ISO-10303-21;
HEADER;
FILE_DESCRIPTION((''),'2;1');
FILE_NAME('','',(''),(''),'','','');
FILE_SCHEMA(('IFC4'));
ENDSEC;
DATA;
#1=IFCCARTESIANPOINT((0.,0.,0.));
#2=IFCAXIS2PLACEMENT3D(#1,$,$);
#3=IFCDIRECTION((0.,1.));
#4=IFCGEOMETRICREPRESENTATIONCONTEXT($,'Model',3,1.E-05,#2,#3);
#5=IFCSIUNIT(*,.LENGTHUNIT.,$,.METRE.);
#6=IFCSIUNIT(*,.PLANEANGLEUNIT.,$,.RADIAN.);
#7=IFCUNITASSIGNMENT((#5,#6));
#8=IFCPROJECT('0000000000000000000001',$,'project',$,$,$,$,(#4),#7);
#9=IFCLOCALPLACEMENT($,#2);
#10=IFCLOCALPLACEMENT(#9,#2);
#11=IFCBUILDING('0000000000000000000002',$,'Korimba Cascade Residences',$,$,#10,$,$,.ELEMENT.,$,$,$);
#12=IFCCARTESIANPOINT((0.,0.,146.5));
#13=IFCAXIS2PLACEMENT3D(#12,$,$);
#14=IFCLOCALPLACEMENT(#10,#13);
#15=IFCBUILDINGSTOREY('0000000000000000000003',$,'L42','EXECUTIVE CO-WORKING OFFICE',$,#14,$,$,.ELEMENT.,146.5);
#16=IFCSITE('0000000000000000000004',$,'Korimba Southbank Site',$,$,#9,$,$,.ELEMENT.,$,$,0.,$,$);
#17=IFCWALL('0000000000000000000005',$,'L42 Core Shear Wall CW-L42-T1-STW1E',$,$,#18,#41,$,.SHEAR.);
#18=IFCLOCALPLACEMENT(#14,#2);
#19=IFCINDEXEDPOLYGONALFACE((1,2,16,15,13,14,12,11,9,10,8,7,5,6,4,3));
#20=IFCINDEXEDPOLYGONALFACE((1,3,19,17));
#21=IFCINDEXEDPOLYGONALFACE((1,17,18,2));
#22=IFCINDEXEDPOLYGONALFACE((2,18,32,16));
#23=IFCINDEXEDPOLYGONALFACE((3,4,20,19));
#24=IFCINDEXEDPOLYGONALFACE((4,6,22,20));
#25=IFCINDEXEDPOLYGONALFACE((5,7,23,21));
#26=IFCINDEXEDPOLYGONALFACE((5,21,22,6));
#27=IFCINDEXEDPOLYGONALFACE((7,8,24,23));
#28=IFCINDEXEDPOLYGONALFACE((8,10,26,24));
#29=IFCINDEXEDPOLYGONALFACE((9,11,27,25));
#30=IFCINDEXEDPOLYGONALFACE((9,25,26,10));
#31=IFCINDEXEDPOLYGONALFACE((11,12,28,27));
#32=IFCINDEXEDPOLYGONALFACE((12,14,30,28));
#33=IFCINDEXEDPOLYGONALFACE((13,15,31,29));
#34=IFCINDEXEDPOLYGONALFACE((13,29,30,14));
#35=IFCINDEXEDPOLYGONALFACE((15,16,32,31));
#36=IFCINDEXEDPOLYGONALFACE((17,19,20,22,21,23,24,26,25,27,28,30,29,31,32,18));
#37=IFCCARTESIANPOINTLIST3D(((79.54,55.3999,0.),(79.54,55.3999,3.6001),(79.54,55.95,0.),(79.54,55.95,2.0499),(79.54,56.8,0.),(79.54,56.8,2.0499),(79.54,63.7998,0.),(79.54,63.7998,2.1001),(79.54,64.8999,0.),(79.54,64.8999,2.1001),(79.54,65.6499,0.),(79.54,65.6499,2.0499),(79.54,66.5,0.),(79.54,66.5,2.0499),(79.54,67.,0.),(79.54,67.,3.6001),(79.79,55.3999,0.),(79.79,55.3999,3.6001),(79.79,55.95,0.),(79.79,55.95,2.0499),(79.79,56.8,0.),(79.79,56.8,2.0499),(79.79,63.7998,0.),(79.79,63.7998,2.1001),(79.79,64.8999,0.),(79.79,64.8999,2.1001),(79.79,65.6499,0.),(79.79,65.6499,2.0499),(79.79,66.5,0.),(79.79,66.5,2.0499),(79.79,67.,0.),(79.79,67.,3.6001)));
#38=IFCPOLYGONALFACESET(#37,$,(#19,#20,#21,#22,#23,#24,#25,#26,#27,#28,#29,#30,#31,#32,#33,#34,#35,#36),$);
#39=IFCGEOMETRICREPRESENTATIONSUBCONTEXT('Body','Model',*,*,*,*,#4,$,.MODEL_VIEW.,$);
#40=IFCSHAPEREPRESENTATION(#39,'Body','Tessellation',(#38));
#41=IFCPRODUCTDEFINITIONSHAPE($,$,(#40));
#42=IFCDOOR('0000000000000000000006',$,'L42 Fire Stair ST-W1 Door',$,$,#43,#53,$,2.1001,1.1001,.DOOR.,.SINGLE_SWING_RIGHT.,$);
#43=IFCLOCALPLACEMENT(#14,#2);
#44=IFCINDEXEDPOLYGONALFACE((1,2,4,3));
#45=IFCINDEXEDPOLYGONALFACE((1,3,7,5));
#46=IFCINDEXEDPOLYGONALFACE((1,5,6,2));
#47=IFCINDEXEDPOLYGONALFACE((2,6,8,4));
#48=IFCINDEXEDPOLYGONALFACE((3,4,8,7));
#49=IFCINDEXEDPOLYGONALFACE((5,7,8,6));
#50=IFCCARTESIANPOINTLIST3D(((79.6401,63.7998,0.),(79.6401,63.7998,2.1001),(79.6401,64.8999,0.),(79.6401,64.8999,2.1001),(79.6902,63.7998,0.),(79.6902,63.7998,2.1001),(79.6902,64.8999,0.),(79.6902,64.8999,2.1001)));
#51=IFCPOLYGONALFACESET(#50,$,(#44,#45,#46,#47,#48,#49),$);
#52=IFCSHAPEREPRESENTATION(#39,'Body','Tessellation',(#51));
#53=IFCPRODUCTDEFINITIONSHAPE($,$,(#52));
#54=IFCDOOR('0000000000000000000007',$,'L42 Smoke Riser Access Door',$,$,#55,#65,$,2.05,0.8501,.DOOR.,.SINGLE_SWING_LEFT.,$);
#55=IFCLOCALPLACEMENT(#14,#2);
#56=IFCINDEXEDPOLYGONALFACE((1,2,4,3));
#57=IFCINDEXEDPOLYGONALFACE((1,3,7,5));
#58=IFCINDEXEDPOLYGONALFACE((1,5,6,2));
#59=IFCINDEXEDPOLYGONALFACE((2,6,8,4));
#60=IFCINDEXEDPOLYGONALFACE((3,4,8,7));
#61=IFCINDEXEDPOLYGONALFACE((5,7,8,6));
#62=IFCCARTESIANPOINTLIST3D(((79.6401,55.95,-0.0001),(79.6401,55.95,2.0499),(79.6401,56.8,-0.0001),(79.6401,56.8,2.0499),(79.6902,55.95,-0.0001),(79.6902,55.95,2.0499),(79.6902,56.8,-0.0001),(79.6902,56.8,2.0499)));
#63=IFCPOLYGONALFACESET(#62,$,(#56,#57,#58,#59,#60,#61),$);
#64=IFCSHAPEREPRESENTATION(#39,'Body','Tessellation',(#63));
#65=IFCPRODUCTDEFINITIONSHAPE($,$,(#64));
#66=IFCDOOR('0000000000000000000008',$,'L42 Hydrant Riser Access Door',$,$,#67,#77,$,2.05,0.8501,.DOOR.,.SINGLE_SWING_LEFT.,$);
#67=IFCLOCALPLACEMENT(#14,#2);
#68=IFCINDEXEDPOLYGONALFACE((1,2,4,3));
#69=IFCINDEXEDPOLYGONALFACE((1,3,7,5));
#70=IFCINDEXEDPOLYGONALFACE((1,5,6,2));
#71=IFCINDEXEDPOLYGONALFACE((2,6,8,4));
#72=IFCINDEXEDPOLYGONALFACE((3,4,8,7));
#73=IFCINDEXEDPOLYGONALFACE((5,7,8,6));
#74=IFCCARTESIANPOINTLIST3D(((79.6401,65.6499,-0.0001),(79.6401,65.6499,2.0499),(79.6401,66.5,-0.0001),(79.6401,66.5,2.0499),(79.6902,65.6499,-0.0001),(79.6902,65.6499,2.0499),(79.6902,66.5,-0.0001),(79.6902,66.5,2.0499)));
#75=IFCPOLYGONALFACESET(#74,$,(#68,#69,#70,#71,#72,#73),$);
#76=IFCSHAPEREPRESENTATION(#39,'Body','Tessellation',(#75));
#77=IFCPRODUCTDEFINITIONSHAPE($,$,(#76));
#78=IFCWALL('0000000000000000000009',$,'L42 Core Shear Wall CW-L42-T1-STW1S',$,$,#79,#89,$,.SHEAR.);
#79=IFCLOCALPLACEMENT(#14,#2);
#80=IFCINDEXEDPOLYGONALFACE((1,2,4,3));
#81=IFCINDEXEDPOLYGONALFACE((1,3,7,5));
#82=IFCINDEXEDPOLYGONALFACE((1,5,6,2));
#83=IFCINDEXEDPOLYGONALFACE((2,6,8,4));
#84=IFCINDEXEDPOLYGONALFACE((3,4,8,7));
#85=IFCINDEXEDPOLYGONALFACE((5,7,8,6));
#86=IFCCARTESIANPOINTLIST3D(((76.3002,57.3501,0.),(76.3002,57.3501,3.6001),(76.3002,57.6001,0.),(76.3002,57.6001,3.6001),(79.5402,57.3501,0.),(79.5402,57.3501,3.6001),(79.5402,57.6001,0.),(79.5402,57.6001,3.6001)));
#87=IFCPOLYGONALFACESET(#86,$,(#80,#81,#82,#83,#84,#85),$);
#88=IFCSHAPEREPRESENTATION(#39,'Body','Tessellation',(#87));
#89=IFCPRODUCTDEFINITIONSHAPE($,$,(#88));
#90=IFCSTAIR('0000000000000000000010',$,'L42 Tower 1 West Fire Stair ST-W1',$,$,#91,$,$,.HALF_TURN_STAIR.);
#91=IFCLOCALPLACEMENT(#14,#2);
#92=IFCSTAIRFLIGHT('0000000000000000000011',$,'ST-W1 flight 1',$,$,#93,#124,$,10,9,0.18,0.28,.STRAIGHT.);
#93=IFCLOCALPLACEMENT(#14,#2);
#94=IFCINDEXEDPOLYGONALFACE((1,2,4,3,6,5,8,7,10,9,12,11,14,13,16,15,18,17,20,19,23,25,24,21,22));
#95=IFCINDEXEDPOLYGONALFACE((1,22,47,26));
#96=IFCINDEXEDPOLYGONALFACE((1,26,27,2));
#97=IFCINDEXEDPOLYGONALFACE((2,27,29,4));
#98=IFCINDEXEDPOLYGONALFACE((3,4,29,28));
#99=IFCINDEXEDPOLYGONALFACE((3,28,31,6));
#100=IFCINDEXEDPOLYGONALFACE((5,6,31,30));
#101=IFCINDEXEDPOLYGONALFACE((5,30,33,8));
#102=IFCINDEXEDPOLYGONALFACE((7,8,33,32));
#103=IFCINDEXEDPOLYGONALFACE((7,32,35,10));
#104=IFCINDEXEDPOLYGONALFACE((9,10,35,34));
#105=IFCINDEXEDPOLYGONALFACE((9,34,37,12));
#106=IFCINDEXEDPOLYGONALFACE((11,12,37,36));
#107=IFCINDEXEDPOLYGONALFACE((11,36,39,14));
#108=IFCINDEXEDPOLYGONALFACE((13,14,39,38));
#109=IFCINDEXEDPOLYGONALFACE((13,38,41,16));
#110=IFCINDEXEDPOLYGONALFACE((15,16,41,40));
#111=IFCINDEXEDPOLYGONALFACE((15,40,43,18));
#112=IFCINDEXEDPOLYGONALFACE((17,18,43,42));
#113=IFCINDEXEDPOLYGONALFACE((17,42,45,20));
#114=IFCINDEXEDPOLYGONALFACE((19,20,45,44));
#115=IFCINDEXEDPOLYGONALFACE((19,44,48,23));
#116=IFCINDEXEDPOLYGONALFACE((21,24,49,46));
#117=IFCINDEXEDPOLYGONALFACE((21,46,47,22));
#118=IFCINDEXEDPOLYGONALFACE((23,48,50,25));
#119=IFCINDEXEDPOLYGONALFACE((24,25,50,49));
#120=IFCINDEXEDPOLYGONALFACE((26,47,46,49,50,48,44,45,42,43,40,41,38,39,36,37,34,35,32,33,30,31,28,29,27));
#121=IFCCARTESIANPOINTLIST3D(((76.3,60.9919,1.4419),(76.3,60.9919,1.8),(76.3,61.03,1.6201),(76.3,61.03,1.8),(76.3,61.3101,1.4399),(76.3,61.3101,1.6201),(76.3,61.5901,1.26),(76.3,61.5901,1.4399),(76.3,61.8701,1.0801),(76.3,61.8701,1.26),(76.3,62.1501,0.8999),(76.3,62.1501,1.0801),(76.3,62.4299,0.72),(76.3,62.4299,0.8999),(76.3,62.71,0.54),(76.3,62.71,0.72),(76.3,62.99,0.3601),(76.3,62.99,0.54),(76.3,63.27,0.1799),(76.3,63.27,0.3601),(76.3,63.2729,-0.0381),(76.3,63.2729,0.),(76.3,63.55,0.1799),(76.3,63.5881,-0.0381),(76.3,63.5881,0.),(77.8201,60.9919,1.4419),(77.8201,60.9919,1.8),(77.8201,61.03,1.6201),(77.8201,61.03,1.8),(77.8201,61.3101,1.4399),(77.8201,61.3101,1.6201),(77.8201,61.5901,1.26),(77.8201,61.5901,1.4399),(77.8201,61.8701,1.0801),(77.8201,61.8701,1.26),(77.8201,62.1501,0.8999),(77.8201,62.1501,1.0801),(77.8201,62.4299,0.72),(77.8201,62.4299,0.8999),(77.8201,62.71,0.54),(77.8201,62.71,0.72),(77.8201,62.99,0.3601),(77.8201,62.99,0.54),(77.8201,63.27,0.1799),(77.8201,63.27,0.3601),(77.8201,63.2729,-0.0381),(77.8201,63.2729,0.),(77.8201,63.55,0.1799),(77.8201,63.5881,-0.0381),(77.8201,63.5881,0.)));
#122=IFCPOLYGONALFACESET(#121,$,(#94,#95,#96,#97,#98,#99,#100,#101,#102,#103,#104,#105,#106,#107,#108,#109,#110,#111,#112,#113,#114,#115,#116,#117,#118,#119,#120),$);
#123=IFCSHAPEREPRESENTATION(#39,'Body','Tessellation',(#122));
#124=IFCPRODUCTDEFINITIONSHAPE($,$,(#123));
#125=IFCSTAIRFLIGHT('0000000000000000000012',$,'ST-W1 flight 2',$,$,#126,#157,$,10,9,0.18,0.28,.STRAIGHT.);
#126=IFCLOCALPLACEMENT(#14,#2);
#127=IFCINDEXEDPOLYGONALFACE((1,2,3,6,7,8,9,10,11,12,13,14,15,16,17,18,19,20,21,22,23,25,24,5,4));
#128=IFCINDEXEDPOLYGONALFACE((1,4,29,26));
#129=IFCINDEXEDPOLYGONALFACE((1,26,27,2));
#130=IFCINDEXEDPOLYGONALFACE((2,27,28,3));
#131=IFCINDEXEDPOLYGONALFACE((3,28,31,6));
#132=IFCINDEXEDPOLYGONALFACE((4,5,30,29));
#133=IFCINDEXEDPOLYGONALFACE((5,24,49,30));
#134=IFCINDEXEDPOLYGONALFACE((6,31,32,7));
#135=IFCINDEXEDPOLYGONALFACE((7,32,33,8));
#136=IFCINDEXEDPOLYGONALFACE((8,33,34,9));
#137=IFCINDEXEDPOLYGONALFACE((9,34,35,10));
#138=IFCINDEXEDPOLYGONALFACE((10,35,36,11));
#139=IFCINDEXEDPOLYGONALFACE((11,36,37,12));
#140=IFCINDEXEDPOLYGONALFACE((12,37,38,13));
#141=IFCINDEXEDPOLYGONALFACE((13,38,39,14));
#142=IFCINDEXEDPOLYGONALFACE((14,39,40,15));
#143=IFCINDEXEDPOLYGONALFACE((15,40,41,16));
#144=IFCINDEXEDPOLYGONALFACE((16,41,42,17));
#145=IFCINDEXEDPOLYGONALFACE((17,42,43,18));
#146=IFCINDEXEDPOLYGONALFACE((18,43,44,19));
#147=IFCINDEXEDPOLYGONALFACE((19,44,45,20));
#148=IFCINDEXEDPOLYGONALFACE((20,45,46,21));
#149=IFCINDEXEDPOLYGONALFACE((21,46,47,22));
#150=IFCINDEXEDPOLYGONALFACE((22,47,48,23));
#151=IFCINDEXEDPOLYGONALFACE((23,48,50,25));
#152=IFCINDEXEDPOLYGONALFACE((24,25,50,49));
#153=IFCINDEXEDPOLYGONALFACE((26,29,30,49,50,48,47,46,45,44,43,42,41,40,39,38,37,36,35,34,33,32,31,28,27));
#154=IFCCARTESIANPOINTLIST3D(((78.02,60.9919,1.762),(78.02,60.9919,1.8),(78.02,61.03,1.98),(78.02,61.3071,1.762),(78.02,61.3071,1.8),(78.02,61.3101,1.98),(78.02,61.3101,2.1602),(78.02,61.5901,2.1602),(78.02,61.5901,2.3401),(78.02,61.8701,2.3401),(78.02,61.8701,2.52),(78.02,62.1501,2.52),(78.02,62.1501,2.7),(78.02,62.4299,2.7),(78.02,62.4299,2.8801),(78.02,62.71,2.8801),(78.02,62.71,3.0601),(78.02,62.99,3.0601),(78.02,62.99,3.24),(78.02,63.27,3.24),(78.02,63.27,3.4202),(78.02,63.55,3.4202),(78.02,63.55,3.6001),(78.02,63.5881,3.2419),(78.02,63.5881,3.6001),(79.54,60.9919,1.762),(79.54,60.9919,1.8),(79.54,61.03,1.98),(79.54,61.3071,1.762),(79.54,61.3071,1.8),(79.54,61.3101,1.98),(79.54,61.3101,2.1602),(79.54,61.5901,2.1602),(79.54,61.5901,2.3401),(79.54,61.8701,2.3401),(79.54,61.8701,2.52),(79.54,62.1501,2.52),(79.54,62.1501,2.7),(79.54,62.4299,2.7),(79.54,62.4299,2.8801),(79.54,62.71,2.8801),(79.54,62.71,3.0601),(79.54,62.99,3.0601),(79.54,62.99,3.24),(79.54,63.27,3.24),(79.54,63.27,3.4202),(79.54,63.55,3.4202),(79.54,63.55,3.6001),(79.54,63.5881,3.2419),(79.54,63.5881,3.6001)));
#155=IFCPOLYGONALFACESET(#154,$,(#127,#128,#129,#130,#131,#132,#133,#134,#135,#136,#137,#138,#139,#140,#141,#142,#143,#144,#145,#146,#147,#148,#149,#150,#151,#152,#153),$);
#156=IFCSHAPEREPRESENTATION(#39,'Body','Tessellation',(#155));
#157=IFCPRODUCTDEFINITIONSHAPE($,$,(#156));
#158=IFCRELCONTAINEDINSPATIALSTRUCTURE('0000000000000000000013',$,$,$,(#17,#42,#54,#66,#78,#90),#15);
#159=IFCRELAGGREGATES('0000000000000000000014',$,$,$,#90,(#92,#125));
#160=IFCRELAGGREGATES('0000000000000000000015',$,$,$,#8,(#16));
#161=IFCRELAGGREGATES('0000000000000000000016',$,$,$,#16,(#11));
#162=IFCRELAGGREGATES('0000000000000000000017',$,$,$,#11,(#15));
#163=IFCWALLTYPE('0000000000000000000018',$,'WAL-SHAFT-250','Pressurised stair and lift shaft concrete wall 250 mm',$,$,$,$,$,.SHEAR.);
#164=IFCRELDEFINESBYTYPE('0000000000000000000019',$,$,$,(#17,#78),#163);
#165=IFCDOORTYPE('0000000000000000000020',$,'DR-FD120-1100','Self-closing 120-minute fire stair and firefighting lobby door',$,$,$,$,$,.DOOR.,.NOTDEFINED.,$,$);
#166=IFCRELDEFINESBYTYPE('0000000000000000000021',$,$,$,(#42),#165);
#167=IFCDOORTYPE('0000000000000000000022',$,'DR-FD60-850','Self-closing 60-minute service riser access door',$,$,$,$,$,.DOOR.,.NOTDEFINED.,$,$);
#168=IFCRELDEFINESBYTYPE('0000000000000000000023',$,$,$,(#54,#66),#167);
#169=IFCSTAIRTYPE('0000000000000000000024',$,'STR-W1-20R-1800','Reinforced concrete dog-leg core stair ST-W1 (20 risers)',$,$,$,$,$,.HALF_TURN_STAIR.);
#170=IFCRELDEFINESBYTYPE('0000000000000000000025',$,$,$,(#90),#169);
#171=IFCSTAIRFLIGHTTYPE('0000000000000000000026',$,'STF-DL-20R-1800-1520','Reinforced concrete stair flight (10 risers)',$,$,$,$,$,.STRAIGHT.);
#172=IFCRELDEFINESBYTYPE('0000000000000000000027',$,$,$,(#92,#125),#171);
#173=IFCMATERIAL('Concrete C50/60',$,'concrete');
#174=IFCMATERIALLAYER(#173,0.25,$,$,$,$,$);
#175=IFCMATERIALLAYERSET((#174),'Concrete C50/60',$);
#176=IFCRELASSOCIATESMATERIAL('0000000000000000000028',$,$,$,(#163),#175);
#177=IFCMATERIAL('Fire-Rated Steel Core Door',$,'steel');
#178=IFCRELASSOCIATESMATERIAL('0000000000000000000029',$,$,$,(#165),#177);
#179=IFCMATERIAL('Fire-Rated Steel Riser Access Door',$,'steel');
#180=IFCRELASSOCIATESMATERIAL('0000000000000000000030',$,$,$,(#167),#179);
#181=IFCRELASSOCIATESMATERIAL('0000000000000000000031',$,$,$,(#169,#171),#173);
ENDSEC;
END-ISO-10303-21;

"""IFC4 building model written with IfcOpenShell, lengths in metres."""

from ifc_helpers import new_model, si_unit, direction, frame, frame_2d, origin, place, context, subcontext, project, spatial, polyline, rectangle, outline, extrude, material, layer, layer_set, type_object, element, fill, aggregate, save


model = new_model("IFC4")

# Units and contexts
model_context = context("Model", 3, precision=1e-05, world=origin(), true_north=direction((0.0, 1.0)))
body_context = subcontext(model_context, "Body", "Model", "MODEL_VIEW")
ifc_project = project(units=[si_unit("LENGTHUNIT", "METRE"), si_unit("PLANEANGLEUNIT", "RADIAN")], contexts=[model_context])

# Site, building, storey
site_placement = place(None, origin())
site = spatial("IfcSite", under=ifc_project, at=site_placement, Name="Korimba Southbank Site", CompositionType="ELEMENT", RefElevation=0.0)
building_placement = place(site_placement, origin())
building = spatial("IfcBuilding", under=site, at=building_placement, Name="Korimba Cascade Residences", CompositionType="ELEMENT")
storey_placement = place(building_placement, frame((0.0, 0.0, 146.5)))
storey = spatial("IfcBuildingStorey", under=building, at=storey_placement, Name="L42", Description="EXECUTIVE CO-WORKING OFFICE", CompositionType="ELEMENT", Elevation=146.5)

# Wall, openings, doors
ifc_material_1 = material(Name="Concrete C50/60", Category="concrete")
ifc_layer_1 = layer(ifc_material_1, 0.25)
ifc_layer_set_1 = layer_set([ifc_layer_1], Name="Concrete C50/60")
wall_type_1 = type_object("IfcWallType", Name="WAL-SHAFT-250", Description="Pressurised stair and lift shaft concrete wall 250 mm", PredefinedType="SHEAR", material=ifc_layer_set_1)
wall_1_placement = place(storey_placement, frame((79.665, 55.3999, 0.0), z_axis=(0.0, 0.0, 1.0), x_axis=(0.0, 1.0, 0.0)))
wall_1 = element("IfcWall", 1, at=wall_1_placement, inside=storey, type_object=wall_type_1, Name="L42 Core Shear Wall CW-L42-T1-STW1E", PredefinedType="SHEAR", context=body_context, shape_type="SweptSolid", body=[
    extrude(rectangle(XDim=11.6001, YDim=0.25, at=frame_2d((5.8, 0.0))), origin(), (0.0, 0.0, 1.0), 3.6001),
])
opening_1_placement = place(wall_1_placement, frame((0.55, 0.0, 0.0)))
opening_1 = element("IfcOpeningElement", 2, at=opening_1_placement, cuts=wall_1, PredefinedType="OPENING", context=body_context, shape_type="SweptSolid", body=[
    extrude(rectangle(XDim=0.8501, YDim=2.05, at=frame_2d((0.425, 1.0249))), frame((0.0, 0.135, 0.0), z_axis=(0.0, -1.0, 0.0), x_axis=(1.0, 0.0, 0.0)), (0.0, 0.0, 1.0), 0.27),
])
opening_2_placement = place(wall_1_placement, frame((8.3999, 0.0, 0.0)))
opening_2 = element("IfcOpeningElement", 3, at=opening_2_placement, cuts=wall_1, PredefinedType="OPENING", context=body_context, shape_type="SweptSolid", body=[
    extrude(rectangle(XDim=1.1001, YDim=2.1001, at=frame_2d((0.55, 1.05))), frame((0.0, 0.135, 0.0), z_axis=(0.0, -1.0, 0.0), x_axis=(1.0, 0.0, 0.0)), (0.0, 0.0, 1.0), 0.27),
])
opening_3_placement = place(wall_1_placement, frame((10.25, 0.0, 0.0)))
opening_3 = element("IfcOpeningElement", 4, at=opening_3_placement, cuts=wall_1, PredefinedType="OPENING", context=body_context, shape_type="SweptSolid", body=[
    extrude(rectangle(XDim=0.8501, YDim=2.05, at=frame_2d((0.425, 1.0249))), frame((0.0, 0.135, 0.0), z_axis=(0.0, -1.0, 0.0), x_axis=(1.0, 0.0, 0.0)), (0.0, 0.0, 1.0), 0.27),
])
ifc_material_2 = material(Name="Fire-Rated Steel Core Door", Category="steel")
door_type_1 = type_object("IfcDoorType", Name="DR-FD120-1100", Description="Self-closing 120-minute fire stair and firefighting lobby door", OperationType="NOTDEFINED", PredefinedType="DOOR", material=ifc_material_2)
door_1_placement = place(opening_2_placement, origin())
door_1 = element("IfcDoor", 5, at=door_1_placement, inside=storey, type_object=door_type_1, Name="L42 Fire Stair ST-W1 Door", OperationType="SINGLE_SWING_RIGHT", OverallHeight=2.1001, OverallWidth=1.1001, PredefinedType="DOOR", context=body_context, shape_type="SweptSolid", body=[
    extrude(rectangle(XDim=1.1001, YDim=2.1001, at=frame_2d((0.55, 1.05))), frame((0.0, 0.0249, 0.0), z_axis=(0.0, -1.0, 0.0), x_axis=(1.0, 0.0, 0.0)), (0.0, 0.0, 1.0), 0.05),
])
fill(opening_2, door_1)
ifc_material_3 = material(Name="Fire-Rated Steel Riser Access Door", Category="steel")
door_type_2 = type_object("IfcDoorType", Name="DR-FD60-850", Description="Self-closing 60-minute service riser access door", OperationType="NOTDEFINED", PredefinedType="DOOR", material=ifc_material_3)
door_2_placement = place(opening_1_placement, origin())
door_2 = element("IfcDoor", 6, at=door_2_placement, inside=storey, type_object=door_type_2, Name="L42 Smoke Riser Access Door", OperationType="SINGLE_SWING_LEFT", OverallHeight=2.05, OverallWidth=0.8501, PredefinedType="DOOR", context=body_context, shape_type="SweptSolid", body=[
    extrude(rectangle(XDim=0.8501, YDim=2.05, at=frame_2d((0.425, 1.0249))), frame((0.0, 0.0249, 0.0), z_axis=(0.0, -1.0, 0.0), x_axis=(1.0, 0.0, 0.0)), (0.0, 0.0, 1.0), 0.05),
])
fill(opening_1, door_2)
door_3_placement = place(opening_3_placement, origin())
door_3 = element("IfcDoor", 7, at=door_3_placement, inside=storey, type_object=door_type_2, Name="L42 Hydrant Riser Access Door", OperationType="SINGLE_SWING_LEFT", OverallHeight=2.05, OverallWidth=0.8501, PredefinedType="DOOR", context=body_context, shape_type="SweptSolid", body=[
    extrude(rectangle(XDim=0.8501, YDim=2.05, at=frame_2d((0.425, 1.0249))), frame((0.0, 0.0249, 0.0), z_axis=(0.0, -1.0, 0.0), x_axis=(1.0, 0.0, 0.0)), (0.0, 0.0, 1.0), 0.05),
])
fill(opening_3, door_3)

# Wall
wall_2_placement = place(storey_placement, frame((76.3, 57.4751, 0.0), z_axis=(0.0, 0.0, 1.0), x_axis=(1.0, 0.0, 0.0)))
element("IfcWall", 8, at=wall_2_placement, inside=storey, type_object=wall_type_1, Name="L42 Core Shear Wall CW-L42-T1-STW1S", PredefinedType="SHEAR", context=body_context, shape_type="SweptSolid", body=[
    extrude(rectangle(XDim=3.24, YDim=0.25, at=frame_2d((1.6201, 0.0))), origin(), (0.0, 0.0, 1.0), 3.6001),
])

# Stair, stair flights
stair_type = type_object("IfcStairType", Name="STR-W1-20R-1800", Description="Reinforced concrete dog-leg core stair ST-W1 (20 risers)", PredefinedType="HALF_TURN_STAIR", material=ifc_material_1)
stair_placement = place(storey_placement, origin())
stair = element("IfcStair", 9, at=stair_placement, inside=storey, type_object=stair_type, Name="L42 Tower 1 West Fire Stair ST-W1", PredefinedType="HALF_TURN_STAIR")
stair_flight_type = type_object("IfcStairFlightType", Name="STF-DL-20R-1800-1520", Description="Reinforced concrete stair flight (10 risers)", PredefinedType="STRAIGHT", material=ifc_material_1)
stair_flight_1_placement = place(storey_placement, frame((77.0601, 63.55, 0.0), z_axis=(0.0, 0.0, 1.0), x_axis=(0.0, -1.0, 0.0)))
stair_flight_1 = element("IfcStairFlight", 10, at=stair_flight_1_placement, type_object=stair_flight_type, Name="ST-W1 flight 1", NumberOfRisers=10, NumberOfTreads=9, PredefinedType="STRAIGHT", RiserHeight=0.18, TreadLength=0.28, context=body_context, shape_type="SweptSolid", body=[
    extrude(outline(polyline([(-0.0381, 0.0), (0.0, 0.1799), (0.28, 0.1799), (0.28, 0.3601), (0.5601, 0.3601), (0.5601, 0.54), (0.8401, 0.54), (0.8401, 0.72), (1.1201, 0.72), (1.1201, 0.8999), (1.3999, 0.8999), (1.3999, 1.0801), (1.6799, 1.0801), (1.6799, 1.26), (1.96, 1.26), (1.96, 1.4399), (2.24, 1.4399), (2.24, 1.6201), (2.52, 1.6201), (2.52, 1.8), (2.5581, 1.8), (2.5581, 1.4419), (0.2771, 0.0), (0.2771, -0.0381), (-0.0381, -0.0381), (-0.0381, 0.0)])), frame((0.0, 0.76, 0.0), z_axis=(0.0, -1.0, 0.0), x_axis=(1.0, 0.0, 0.0)), (0.0, 0.0, 1.0), 1.52),
])
stair_flight_2_placement = place(storey_placement, frame((78.78, 61.03, 1.8), z_axis=(0.0, 0.0, 1.0), x_axis=(0.0, 1.0, 0.0)))
stair_flight_2 = element("IfcStairFlight", 11, at=stair_flight_2_placement, type_object=stair_flight_type, Name="ST-W1 flight 2", NumberOfRisers=10, NumberOfTreads=9, PredefinedType="STRAIGHT", RiserHeight=0.18, TreadLength=0.28, context=body_context, shape_type="SweptSolid", body=[
    extrude(outline(polyline([(-0.0381, 0.0), (0.0, 0.1799), (0.28, 0.1799), (0.28, 0.3601), (0.5601, 0.3601), (0.5601, 0.54), (0.8401, 0.54), (0.8401, 0.72), (1.1201, 0.72), (1.1201, 0.8999), (1.3999, 0.8999), (1.3999, 1.0801), (1.6799, 1.0801), (1.6799, 1.26), (1.96, 1.26), (1.96, 1.4399), (2.24, 1.4399), (2.24, 1.6201), (2.52, 1.6201), (2.52, 1.8), (2.5581, 1.8), (2.5581, 1.4419), (0.2771, 0.0), (0.2771, -0.0381), (-0.0381, -0.0381), (-0.0381, 0.0)])), frame((0.0, 0.76, 0.0), z_axis=(0.0, -1.0, 0.0), x_axis=(1.0, 0.0, 0.0)), (0.0, 0.0, 1.0), 1.52),
])
aggregate(stair, [stair_flight_1, stair_flight_2])

save(model, "model.ifc")
